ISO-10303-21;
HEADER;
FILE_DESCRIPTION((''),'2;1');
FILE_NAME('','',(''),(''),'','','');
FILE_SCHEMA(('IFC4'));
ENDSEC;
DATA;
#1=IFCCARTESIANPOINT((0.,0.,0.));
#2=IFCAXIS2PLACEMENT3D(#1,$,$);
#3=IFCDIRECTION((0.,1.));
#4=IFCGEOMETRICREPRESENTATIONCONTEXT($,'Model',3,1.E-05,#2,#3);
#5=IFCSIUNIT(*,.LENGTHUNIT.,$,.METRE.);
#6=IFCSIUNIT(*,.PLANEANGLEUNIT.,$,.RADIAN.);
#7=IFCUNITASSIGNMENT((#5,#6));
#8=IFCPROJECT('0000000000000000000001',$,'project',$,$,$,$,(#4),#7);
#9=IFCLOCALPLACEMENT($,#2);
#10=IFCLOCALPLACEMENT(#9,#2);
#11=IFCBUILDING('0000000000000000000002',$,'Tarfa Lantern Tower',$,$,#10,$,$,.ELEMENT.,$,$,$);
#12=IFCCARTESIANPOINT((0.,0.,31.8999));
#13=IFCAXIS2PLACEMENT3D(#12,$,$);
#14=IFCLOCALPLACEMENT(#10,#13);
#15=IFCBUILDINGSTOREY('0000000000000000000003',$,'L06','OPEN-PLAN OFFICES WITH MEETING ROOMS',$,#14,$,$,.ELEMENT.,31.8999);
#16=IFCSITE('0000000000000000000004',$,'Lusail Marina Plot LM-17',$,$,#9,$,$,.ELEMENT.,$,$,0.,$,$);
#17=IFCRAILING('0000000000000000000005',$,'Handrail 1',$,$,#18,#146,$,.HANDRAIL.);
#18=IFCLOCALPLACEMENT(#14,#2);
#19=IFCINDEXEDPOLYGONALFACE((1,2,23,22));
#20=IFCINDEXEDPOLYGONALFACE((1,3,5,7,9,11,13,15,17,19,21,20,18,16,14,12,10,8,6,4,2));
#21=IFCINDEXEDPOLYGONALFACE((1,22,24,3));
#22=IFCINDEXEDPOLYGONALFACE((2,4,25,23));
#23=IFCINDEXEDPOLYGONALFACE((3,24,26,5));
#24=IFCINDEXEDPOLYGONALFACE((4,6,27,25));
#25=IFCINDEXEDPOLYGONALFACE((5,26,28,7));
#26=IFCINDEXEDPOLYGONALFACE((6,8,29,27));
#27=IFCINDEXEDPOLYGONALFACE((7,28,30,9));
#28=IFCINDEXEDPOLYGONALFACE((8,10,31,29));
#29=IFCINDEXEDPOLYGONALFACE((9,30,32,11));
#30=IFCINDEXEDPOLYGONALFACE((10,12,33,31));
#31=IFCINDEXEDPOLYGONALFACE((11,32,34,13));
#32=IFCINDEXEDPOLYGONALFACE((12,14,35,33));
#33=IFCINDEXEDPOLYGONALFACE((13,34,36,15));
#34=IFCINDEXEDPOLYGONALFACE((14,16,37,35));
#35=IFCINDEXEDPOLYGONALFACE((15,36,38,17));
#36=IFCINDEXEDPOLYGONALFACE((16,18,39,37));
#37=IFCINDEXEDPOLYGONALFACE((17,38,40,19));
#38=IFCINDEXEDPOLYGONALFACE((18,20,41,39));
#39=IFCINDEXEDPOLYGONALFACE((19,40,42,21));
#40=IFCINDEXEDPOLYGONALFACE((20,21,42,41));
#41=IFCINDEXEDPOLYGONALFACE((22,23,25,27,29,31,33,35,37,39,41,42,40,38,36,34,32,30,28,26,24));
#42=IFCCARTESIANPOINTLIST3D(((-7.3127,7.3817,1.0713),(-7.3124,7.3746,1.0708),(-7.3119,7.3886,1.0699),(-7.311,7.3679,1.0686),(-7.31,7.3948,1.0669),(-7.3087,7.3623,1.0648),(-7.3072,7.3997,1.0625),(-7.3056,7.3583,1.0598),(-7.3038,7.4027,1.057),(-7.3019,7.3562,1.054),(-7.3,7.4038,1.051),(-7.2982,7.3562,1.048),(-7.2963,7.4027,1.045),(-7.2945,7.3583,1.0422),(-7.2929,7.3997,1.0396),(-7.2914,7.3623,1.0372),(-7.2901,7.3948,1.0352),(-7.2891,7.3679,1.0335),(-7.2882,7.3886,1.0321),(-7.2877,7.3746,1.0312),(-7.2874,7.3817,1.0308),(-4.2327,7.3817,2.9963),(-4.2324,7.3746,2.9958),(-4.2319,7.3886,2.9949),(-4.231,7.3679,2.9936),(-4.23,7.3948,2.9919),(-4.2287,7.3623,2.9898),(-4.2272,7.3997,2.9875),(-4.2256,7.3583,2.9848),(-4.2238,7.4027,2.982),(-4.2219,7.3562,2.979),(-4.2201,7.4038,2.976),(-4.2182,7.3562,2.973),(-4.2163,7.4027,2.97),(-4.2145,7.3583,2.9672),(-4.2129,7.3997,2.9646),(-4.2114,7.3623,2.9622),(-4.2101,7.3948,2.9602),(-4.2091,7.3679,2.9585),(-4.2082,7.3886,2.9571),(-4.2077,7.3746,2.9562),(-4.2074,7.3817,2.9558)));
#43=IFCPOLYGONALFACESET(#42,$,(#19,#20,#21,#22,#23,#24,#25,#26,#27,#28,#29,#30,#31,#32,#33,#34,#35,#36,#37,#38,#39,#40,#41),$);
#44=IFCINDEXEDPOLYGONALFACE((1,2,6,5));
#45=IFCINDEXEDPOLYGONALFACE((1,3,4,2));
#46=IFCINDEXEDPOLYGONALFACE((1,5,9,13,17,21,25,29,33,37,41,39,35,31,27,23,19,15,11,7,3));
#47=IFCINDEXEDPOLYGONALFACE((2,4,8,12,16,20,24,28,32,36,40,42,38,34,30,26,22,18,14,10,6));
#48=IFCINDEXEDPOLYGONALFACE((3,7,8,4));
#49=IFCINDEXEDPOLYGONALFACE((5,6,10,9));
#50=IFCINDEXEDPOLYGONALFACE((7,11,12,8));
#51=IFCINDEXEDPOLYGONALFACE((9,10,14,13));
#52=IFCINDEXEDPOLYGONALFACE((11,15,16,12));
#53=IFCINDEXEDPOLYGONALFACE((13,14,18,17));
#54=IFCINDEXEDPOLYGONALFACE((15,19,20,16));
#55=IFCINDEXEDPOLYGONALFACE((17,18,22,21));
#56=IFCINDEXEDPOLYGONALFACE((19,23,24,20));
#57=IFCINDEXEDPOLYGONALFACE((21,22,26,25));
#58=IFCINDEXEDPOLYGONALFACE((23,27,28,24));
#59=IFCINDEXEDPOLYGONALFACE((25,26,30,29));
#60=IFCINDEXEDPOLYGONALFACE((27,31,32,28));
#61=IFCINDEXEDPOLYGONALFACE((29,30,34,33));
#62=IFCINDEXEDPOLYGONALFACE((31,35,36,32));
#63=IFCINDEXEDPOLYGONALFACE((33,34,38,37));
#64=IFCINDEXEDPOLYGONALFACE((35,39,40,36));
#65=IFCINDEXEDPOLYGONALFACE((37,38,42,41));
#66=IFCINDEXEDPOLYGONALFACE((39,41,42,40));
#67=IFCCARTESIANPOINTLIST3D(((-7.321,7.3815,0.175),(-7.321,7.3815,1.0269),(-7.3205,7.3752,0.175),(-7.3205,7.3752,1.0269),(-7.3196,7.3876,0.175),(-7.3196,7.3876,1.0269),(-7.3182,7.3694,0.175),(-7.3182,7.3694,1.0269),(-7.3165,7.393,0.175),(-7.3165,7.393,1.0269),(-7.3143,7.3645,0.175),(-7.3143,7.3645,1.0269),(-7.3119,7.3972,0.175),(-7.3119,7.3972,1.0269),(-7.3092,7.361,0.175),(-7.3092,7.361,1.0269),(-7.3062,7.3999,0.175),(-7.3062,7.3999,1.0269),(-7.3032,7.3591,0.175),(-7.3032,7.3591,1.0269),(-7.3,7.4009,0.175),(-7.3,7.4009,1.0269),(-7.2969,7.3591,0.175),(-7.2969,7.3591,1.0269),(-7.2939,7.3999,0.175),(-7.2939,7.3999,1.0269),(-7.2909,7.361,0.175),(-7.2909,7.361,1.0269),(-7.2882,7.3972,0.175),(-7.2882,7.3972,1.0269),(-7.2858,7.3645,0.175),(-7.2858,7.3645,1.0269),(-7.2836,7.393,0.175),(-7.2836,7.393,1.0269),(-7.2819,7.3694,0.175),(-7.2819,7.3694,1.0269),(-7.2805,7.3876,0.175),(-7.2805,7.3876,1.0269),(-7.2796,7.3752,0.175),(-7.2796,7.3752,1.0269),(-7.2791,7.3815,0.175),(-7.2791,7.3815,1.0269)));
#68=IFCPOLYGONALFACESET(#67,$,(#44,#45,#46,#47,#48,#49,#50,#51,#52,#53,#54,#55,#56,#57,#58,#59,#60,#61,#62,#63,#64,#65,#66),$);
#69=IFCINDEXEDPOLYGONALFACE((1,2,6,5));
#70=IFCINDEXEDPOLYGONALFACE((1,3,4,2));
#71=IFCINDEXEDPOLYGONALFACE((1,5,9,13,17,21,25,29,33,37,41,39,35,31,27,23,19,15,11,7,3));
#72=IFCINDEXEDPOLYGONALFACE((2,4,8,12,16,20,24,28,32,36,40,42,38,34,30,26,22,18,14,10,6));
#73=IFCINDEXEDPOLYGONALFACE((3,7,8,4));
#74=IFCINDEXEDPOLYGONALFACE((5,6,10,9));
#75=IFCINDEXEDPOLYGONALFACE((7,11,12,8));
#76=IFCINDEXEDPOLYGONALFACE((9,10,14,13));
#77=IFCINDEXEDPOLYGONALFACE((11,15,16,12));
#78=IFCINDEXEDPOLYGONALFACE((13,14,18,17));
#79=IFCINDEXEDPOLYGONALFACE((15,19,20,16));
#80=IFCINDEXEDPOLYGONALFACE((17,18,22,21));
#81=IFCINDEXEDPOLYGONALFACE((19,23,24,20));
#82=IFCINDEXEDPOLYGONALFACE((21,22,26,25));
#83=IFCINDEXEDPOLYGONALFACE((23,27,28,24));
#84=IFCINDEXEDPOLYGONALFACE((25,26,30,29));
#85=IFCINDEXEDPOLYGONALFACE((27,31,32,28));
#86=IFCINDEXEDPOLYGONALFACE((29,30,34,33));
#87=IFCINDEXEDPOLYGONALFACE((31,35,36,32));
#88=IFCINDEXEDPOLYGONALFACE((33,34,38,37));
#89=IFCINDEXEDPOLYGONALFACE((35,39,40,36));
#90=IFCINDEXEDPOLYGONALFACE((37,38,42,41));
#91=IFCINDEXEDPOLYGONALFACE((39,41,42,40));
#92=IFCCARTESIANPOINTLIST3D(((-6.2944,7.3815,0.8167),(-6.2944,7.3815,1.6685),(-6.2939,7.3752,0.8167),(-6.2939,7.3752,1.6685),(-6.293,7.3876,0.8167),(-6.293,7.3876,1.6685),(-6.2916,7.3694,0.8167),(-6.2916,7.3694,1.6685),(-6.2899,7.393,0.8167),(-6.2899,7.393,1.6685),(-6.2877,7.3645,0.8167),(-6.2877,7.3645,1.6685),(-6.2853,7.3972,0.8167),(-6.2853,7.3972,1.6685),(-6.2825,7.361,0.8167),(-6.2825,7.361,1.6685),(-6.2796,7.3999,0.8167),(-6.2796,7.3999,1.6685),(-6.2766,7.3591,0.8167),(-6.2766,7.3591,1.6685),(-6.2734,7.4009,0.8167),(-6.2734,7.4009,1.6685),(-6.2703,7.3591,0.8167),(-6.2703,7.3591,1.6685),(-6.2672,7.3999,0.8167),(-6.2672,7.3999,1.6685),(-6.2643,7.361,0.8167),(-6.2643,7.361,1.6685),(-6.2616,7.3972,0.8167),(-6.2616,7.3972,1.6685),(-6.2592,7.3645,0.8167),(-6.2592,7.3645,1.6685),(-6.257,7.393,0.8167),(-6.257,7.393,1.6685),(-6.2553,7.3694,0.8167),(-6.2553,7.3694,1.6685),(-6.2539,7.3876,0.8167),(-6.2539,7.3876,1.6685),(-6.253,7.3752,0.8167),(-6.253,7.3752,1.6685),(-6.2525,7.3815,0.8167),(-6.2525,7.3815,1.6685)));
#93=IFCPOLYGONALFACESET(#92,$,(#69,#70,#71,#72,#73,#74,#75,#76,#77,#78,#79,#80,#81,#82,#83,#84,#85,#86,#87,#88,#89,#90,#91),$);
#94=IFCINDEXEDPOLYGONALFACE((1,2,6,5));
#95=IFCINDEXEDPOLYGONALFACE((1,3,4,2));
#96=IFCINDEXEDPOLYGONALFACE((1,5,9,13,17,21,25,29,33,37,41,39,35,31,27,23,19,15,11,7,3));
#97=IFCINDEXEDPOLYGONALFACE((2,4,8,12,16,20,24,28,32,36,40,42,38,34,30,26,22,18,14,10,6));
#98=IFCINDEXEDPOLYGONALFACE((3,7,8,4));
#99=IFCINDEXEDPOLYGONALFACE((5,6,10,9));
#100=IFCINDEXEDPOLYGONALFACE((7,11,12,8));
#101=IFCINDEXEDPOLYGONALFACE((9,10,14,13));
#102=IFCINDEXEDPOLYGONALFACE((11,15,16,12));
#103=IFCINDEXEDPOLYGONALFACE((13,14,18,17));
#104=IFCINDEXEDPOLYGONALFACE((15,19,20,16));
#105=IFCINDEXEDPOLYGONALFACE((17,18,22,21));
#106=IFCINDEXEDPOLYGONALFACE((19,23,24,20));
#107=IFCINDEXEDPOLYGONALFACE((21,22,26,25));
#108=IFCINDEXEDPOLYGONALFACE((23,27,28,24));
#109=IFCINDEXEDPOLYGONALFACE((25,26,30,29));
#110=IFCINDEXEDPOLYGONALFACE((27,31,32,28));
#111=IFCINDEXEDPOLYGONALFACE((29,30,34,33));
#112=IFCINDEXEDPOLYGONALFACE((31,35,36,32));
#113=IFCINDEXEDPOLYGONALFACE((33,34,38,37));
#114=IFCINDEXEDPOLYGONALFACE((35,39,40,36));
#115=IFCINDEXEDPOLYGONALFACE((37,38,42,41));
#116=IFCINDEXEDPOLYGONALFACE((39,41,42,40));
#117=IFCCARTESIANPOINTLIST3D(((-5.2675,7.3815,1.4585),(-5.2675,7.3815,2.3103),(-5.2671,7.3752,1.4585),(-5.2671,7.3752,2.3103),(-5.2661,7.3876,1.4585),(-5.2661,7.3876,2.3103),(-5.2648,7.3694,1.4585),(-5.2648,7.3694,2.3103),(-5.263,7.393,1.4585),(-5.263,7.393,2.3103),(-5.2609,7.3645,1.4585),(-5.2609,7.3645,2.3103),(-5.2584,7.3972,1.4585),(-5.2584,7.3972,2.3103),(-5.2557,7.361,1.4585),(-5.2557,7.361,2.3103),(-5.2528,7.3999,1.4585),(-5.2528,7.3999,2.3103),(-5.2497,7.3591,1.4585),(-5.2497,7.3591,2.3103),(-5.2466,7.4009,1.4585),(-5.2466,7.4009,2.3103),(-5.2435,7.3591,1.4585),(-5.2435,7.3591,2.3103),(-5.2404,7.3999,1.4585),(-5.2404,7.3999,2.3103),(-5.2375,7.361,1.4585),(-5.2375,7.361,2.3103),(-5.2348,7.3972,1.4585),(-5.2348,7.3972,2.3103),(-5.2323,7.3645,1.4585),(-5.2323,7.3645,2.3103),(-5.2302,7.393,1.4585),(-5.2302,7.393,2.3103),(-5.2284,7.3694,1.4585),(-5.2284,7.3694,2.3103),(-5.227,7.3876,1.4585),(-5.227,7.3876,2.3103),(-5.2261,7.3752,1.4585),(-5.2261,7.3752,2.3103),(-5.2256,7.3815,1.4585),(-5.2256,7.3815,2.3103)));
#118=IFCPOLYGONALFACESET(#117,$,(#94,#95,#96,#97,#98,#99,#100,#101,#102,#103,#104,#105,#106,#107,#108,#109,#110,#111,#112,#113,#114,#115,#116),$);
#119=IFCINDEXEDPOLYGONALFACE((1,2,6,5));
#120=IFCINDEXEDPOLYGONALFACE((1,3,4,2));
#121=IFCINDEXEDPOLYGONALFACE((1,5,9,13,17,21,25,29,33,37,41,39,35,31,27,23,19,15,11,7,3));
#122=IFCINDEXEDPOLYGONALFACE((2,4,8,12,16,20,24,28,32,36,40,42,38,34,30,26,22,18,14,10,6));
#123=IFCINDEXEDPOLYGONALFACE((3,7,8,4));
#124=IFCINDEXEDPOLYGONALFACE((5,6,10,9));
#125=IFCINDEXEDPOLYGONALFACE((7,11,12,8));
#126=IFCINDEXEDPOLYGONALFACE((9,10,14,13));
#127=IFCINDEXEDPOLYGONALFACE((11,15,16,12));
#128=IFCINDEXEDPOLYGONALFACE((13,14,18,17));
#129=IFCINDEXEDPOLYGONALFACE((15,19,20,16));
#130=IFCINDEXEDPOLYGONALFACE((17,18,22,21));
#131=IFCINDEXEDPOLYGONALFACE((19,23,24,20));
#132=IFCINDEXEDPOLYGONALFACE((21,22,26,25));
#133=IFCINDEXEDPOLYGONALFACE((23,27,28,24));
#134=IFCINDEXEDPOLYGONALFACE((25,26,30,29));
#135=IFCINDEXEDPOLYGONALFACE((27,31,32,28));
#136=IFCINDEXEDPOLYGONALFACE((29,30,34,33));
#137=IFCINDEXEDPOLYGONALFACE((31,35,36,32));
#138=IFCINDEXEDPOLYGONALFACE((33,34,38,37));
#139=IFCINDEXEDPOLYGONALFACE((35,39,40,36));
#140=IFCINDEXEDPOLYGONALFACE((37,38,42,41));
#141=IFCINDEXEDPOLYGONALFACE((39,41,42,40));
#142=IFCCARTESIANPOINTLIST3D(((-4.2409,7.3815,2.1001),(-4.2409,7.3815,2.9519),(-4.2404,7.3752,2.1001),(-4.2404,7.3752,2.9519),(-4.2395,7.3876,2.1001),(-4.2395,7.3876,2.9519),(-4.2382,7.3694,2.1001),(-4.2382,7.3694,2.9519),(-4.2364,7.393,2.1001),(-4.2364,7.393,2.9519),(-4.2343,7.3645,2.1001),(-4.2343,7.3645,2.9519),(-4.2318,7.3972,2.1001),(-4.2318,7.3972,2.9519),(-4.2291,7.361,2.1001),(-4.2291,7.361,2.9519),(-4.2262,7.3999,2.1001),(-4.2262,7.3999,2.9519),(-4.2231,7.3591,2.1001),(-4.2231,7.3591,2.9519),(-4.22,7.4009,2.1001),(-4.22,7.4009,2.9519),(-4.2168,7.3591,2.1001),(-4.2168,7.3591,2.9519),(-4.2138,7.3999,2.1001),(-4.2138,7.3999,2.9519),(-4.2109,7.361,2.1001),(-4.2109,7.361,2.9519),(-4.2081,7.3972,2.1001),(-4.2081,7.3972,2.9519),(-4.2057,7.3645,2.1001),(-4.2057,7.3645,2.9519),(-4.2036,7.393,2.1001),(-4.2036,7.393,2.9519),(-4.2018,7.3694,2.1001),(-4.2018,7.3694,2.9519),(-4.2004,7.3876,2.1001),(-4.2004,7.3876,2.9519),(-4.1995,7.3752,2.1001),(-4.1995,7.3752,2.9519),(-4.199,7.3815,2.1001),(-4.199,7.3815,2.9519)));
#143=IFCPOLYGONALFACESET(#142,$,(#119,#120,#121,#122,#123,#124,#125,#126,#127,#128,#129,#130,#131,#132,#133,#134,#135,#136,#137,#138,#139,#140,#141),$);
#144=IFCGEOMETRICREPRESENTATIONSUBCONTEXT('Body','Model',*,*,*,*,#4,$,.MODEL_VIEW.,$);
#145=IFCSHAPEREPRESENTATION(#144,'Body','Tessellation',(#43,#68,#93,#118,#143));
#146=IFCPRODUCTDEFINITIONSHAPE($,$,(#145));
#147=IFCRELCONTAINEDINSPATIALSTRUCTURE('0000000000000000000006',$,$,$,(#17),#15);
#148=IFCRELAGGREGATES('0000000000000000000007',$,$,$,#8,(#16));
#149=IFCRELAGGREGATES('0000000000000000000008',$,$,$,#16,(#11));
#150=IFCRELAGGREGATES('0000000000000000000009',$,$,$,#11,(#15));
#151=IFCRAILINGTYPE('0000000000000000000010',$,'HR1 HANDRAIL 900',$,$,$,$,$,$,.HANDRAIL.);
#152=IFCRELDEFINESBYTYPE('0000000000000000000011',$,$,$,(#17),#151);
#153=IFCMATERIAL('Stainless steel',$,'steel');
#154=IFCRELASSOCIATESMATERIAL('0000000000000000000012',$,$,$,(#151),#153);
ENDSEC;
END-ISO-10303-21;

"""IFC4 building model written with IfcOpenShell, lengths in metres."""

from ifc_helpers import new_model, si_unit, direction, frame, origin, origin_2d, place, context, subcontext, project, spatial, circle, extrude, material, type_object, element, save


model = new_model("IFC4")

# Units and contexts
model_context = context("Model", 3, precision=1e-05, world=origin(), true_north=direction((0.0, 1.0)))
body_context = subcontext(model_context, "Body", "Model", "MODEL_VIEW")
ifc_project = project(units=[si_unit("LENGTHUNIT", "METRE"), si_unit("PLANEANGLEUNIT", "RADIAN")], contexts=[model_context])

# Site, building, storey
site_placement = place(None, origin())
site = spatial("IfcSite", under=ifc_project, at=site_placement, Name="Lusail Marina Plot LM-17", CompositionType="ELEMENT", RefElevation=0.0)
building_placement = place(site_placement, origin())
building = spatial("IfcBuilding", under=site, at=building_placement, Name="Tarfa Lantern Tower", CompositionType="ELEMENT")
storey_placement = place(building_placement, frame((0.0, 0.0, 31.8999)))
storey = spatial("IfcBuildingStorey", under=building, at=storey_placement, Name="L06", Description="OPEN-PLAN OFFICES WITH MEETING ROOMS", CompositionType="ELEMENT", Elevation=31.8999)

# Railing
ifc_material_1 = material(Name="Stainless steel", Category="steel")
railing_type = type_object("IfcRailingType", Name="HR1 HANDRAIL 900", PredefinedType="HANDRAIL", material=ifc_material_1)
railing_1_placement = place(storey_placement, frame((-7.3, 7.3799, 0.175)))
element("IfcRailing", 1, at=railing_1_placement, inside=storey, type_object=railing_type, Name="Handrail 1", PredefinedType="HANDRAIL", context=body_context, shape_type="SweptSolid", body=[
    extrude(circle(Radius=0.0239, at=origin_2d()), frame((0.0, 0.0, 0.876), z_axis=(0.847998, 0.0, 0.529999), x_axis=(0.0, 1.0, 0.0)), (0.0, 0.0, 1.0), 3.6321),
    extrude(circle(Radius=0.021, at=origin_2d()), frame((0.0, 0.0, 0.0), z_axis=(0.0, 0.0, 1.0), x_axis=(0.0, 1.0, 0.0)), (0.0, 0.0, 1.0), 0.8518),
    extrude(circle(Radius=0.021, at=origin_2d()), frame((1.0266, 0.0, 0.6416), z_axis=(0.0, 0.0, 1.0), x_axis=(0.0, 1.0, 0.0)), (0.0, 0.0, 1.0), 0.8518),
    extrude(circle(Radius=0.021, at=origin_2d()), frame((2.0535, 0.0, 1.2834), z_axis=(0.0, 0.0, 1.0), x_axis=(0.0, 1.0, 0.0)), (0.0, 0.0, 1.0), 0.8518),
    extrude(circle(Radius=0.021, at=origin_2d()), frame((3.0801, 0.0, 1.925), z_axis=(0.0, 0.0, 1.0), x_axis=(0.0, 1.0, 0.0)), (0.0, 0.0, 1.0), 0.8518),
])

save(model, "model.ifc")
